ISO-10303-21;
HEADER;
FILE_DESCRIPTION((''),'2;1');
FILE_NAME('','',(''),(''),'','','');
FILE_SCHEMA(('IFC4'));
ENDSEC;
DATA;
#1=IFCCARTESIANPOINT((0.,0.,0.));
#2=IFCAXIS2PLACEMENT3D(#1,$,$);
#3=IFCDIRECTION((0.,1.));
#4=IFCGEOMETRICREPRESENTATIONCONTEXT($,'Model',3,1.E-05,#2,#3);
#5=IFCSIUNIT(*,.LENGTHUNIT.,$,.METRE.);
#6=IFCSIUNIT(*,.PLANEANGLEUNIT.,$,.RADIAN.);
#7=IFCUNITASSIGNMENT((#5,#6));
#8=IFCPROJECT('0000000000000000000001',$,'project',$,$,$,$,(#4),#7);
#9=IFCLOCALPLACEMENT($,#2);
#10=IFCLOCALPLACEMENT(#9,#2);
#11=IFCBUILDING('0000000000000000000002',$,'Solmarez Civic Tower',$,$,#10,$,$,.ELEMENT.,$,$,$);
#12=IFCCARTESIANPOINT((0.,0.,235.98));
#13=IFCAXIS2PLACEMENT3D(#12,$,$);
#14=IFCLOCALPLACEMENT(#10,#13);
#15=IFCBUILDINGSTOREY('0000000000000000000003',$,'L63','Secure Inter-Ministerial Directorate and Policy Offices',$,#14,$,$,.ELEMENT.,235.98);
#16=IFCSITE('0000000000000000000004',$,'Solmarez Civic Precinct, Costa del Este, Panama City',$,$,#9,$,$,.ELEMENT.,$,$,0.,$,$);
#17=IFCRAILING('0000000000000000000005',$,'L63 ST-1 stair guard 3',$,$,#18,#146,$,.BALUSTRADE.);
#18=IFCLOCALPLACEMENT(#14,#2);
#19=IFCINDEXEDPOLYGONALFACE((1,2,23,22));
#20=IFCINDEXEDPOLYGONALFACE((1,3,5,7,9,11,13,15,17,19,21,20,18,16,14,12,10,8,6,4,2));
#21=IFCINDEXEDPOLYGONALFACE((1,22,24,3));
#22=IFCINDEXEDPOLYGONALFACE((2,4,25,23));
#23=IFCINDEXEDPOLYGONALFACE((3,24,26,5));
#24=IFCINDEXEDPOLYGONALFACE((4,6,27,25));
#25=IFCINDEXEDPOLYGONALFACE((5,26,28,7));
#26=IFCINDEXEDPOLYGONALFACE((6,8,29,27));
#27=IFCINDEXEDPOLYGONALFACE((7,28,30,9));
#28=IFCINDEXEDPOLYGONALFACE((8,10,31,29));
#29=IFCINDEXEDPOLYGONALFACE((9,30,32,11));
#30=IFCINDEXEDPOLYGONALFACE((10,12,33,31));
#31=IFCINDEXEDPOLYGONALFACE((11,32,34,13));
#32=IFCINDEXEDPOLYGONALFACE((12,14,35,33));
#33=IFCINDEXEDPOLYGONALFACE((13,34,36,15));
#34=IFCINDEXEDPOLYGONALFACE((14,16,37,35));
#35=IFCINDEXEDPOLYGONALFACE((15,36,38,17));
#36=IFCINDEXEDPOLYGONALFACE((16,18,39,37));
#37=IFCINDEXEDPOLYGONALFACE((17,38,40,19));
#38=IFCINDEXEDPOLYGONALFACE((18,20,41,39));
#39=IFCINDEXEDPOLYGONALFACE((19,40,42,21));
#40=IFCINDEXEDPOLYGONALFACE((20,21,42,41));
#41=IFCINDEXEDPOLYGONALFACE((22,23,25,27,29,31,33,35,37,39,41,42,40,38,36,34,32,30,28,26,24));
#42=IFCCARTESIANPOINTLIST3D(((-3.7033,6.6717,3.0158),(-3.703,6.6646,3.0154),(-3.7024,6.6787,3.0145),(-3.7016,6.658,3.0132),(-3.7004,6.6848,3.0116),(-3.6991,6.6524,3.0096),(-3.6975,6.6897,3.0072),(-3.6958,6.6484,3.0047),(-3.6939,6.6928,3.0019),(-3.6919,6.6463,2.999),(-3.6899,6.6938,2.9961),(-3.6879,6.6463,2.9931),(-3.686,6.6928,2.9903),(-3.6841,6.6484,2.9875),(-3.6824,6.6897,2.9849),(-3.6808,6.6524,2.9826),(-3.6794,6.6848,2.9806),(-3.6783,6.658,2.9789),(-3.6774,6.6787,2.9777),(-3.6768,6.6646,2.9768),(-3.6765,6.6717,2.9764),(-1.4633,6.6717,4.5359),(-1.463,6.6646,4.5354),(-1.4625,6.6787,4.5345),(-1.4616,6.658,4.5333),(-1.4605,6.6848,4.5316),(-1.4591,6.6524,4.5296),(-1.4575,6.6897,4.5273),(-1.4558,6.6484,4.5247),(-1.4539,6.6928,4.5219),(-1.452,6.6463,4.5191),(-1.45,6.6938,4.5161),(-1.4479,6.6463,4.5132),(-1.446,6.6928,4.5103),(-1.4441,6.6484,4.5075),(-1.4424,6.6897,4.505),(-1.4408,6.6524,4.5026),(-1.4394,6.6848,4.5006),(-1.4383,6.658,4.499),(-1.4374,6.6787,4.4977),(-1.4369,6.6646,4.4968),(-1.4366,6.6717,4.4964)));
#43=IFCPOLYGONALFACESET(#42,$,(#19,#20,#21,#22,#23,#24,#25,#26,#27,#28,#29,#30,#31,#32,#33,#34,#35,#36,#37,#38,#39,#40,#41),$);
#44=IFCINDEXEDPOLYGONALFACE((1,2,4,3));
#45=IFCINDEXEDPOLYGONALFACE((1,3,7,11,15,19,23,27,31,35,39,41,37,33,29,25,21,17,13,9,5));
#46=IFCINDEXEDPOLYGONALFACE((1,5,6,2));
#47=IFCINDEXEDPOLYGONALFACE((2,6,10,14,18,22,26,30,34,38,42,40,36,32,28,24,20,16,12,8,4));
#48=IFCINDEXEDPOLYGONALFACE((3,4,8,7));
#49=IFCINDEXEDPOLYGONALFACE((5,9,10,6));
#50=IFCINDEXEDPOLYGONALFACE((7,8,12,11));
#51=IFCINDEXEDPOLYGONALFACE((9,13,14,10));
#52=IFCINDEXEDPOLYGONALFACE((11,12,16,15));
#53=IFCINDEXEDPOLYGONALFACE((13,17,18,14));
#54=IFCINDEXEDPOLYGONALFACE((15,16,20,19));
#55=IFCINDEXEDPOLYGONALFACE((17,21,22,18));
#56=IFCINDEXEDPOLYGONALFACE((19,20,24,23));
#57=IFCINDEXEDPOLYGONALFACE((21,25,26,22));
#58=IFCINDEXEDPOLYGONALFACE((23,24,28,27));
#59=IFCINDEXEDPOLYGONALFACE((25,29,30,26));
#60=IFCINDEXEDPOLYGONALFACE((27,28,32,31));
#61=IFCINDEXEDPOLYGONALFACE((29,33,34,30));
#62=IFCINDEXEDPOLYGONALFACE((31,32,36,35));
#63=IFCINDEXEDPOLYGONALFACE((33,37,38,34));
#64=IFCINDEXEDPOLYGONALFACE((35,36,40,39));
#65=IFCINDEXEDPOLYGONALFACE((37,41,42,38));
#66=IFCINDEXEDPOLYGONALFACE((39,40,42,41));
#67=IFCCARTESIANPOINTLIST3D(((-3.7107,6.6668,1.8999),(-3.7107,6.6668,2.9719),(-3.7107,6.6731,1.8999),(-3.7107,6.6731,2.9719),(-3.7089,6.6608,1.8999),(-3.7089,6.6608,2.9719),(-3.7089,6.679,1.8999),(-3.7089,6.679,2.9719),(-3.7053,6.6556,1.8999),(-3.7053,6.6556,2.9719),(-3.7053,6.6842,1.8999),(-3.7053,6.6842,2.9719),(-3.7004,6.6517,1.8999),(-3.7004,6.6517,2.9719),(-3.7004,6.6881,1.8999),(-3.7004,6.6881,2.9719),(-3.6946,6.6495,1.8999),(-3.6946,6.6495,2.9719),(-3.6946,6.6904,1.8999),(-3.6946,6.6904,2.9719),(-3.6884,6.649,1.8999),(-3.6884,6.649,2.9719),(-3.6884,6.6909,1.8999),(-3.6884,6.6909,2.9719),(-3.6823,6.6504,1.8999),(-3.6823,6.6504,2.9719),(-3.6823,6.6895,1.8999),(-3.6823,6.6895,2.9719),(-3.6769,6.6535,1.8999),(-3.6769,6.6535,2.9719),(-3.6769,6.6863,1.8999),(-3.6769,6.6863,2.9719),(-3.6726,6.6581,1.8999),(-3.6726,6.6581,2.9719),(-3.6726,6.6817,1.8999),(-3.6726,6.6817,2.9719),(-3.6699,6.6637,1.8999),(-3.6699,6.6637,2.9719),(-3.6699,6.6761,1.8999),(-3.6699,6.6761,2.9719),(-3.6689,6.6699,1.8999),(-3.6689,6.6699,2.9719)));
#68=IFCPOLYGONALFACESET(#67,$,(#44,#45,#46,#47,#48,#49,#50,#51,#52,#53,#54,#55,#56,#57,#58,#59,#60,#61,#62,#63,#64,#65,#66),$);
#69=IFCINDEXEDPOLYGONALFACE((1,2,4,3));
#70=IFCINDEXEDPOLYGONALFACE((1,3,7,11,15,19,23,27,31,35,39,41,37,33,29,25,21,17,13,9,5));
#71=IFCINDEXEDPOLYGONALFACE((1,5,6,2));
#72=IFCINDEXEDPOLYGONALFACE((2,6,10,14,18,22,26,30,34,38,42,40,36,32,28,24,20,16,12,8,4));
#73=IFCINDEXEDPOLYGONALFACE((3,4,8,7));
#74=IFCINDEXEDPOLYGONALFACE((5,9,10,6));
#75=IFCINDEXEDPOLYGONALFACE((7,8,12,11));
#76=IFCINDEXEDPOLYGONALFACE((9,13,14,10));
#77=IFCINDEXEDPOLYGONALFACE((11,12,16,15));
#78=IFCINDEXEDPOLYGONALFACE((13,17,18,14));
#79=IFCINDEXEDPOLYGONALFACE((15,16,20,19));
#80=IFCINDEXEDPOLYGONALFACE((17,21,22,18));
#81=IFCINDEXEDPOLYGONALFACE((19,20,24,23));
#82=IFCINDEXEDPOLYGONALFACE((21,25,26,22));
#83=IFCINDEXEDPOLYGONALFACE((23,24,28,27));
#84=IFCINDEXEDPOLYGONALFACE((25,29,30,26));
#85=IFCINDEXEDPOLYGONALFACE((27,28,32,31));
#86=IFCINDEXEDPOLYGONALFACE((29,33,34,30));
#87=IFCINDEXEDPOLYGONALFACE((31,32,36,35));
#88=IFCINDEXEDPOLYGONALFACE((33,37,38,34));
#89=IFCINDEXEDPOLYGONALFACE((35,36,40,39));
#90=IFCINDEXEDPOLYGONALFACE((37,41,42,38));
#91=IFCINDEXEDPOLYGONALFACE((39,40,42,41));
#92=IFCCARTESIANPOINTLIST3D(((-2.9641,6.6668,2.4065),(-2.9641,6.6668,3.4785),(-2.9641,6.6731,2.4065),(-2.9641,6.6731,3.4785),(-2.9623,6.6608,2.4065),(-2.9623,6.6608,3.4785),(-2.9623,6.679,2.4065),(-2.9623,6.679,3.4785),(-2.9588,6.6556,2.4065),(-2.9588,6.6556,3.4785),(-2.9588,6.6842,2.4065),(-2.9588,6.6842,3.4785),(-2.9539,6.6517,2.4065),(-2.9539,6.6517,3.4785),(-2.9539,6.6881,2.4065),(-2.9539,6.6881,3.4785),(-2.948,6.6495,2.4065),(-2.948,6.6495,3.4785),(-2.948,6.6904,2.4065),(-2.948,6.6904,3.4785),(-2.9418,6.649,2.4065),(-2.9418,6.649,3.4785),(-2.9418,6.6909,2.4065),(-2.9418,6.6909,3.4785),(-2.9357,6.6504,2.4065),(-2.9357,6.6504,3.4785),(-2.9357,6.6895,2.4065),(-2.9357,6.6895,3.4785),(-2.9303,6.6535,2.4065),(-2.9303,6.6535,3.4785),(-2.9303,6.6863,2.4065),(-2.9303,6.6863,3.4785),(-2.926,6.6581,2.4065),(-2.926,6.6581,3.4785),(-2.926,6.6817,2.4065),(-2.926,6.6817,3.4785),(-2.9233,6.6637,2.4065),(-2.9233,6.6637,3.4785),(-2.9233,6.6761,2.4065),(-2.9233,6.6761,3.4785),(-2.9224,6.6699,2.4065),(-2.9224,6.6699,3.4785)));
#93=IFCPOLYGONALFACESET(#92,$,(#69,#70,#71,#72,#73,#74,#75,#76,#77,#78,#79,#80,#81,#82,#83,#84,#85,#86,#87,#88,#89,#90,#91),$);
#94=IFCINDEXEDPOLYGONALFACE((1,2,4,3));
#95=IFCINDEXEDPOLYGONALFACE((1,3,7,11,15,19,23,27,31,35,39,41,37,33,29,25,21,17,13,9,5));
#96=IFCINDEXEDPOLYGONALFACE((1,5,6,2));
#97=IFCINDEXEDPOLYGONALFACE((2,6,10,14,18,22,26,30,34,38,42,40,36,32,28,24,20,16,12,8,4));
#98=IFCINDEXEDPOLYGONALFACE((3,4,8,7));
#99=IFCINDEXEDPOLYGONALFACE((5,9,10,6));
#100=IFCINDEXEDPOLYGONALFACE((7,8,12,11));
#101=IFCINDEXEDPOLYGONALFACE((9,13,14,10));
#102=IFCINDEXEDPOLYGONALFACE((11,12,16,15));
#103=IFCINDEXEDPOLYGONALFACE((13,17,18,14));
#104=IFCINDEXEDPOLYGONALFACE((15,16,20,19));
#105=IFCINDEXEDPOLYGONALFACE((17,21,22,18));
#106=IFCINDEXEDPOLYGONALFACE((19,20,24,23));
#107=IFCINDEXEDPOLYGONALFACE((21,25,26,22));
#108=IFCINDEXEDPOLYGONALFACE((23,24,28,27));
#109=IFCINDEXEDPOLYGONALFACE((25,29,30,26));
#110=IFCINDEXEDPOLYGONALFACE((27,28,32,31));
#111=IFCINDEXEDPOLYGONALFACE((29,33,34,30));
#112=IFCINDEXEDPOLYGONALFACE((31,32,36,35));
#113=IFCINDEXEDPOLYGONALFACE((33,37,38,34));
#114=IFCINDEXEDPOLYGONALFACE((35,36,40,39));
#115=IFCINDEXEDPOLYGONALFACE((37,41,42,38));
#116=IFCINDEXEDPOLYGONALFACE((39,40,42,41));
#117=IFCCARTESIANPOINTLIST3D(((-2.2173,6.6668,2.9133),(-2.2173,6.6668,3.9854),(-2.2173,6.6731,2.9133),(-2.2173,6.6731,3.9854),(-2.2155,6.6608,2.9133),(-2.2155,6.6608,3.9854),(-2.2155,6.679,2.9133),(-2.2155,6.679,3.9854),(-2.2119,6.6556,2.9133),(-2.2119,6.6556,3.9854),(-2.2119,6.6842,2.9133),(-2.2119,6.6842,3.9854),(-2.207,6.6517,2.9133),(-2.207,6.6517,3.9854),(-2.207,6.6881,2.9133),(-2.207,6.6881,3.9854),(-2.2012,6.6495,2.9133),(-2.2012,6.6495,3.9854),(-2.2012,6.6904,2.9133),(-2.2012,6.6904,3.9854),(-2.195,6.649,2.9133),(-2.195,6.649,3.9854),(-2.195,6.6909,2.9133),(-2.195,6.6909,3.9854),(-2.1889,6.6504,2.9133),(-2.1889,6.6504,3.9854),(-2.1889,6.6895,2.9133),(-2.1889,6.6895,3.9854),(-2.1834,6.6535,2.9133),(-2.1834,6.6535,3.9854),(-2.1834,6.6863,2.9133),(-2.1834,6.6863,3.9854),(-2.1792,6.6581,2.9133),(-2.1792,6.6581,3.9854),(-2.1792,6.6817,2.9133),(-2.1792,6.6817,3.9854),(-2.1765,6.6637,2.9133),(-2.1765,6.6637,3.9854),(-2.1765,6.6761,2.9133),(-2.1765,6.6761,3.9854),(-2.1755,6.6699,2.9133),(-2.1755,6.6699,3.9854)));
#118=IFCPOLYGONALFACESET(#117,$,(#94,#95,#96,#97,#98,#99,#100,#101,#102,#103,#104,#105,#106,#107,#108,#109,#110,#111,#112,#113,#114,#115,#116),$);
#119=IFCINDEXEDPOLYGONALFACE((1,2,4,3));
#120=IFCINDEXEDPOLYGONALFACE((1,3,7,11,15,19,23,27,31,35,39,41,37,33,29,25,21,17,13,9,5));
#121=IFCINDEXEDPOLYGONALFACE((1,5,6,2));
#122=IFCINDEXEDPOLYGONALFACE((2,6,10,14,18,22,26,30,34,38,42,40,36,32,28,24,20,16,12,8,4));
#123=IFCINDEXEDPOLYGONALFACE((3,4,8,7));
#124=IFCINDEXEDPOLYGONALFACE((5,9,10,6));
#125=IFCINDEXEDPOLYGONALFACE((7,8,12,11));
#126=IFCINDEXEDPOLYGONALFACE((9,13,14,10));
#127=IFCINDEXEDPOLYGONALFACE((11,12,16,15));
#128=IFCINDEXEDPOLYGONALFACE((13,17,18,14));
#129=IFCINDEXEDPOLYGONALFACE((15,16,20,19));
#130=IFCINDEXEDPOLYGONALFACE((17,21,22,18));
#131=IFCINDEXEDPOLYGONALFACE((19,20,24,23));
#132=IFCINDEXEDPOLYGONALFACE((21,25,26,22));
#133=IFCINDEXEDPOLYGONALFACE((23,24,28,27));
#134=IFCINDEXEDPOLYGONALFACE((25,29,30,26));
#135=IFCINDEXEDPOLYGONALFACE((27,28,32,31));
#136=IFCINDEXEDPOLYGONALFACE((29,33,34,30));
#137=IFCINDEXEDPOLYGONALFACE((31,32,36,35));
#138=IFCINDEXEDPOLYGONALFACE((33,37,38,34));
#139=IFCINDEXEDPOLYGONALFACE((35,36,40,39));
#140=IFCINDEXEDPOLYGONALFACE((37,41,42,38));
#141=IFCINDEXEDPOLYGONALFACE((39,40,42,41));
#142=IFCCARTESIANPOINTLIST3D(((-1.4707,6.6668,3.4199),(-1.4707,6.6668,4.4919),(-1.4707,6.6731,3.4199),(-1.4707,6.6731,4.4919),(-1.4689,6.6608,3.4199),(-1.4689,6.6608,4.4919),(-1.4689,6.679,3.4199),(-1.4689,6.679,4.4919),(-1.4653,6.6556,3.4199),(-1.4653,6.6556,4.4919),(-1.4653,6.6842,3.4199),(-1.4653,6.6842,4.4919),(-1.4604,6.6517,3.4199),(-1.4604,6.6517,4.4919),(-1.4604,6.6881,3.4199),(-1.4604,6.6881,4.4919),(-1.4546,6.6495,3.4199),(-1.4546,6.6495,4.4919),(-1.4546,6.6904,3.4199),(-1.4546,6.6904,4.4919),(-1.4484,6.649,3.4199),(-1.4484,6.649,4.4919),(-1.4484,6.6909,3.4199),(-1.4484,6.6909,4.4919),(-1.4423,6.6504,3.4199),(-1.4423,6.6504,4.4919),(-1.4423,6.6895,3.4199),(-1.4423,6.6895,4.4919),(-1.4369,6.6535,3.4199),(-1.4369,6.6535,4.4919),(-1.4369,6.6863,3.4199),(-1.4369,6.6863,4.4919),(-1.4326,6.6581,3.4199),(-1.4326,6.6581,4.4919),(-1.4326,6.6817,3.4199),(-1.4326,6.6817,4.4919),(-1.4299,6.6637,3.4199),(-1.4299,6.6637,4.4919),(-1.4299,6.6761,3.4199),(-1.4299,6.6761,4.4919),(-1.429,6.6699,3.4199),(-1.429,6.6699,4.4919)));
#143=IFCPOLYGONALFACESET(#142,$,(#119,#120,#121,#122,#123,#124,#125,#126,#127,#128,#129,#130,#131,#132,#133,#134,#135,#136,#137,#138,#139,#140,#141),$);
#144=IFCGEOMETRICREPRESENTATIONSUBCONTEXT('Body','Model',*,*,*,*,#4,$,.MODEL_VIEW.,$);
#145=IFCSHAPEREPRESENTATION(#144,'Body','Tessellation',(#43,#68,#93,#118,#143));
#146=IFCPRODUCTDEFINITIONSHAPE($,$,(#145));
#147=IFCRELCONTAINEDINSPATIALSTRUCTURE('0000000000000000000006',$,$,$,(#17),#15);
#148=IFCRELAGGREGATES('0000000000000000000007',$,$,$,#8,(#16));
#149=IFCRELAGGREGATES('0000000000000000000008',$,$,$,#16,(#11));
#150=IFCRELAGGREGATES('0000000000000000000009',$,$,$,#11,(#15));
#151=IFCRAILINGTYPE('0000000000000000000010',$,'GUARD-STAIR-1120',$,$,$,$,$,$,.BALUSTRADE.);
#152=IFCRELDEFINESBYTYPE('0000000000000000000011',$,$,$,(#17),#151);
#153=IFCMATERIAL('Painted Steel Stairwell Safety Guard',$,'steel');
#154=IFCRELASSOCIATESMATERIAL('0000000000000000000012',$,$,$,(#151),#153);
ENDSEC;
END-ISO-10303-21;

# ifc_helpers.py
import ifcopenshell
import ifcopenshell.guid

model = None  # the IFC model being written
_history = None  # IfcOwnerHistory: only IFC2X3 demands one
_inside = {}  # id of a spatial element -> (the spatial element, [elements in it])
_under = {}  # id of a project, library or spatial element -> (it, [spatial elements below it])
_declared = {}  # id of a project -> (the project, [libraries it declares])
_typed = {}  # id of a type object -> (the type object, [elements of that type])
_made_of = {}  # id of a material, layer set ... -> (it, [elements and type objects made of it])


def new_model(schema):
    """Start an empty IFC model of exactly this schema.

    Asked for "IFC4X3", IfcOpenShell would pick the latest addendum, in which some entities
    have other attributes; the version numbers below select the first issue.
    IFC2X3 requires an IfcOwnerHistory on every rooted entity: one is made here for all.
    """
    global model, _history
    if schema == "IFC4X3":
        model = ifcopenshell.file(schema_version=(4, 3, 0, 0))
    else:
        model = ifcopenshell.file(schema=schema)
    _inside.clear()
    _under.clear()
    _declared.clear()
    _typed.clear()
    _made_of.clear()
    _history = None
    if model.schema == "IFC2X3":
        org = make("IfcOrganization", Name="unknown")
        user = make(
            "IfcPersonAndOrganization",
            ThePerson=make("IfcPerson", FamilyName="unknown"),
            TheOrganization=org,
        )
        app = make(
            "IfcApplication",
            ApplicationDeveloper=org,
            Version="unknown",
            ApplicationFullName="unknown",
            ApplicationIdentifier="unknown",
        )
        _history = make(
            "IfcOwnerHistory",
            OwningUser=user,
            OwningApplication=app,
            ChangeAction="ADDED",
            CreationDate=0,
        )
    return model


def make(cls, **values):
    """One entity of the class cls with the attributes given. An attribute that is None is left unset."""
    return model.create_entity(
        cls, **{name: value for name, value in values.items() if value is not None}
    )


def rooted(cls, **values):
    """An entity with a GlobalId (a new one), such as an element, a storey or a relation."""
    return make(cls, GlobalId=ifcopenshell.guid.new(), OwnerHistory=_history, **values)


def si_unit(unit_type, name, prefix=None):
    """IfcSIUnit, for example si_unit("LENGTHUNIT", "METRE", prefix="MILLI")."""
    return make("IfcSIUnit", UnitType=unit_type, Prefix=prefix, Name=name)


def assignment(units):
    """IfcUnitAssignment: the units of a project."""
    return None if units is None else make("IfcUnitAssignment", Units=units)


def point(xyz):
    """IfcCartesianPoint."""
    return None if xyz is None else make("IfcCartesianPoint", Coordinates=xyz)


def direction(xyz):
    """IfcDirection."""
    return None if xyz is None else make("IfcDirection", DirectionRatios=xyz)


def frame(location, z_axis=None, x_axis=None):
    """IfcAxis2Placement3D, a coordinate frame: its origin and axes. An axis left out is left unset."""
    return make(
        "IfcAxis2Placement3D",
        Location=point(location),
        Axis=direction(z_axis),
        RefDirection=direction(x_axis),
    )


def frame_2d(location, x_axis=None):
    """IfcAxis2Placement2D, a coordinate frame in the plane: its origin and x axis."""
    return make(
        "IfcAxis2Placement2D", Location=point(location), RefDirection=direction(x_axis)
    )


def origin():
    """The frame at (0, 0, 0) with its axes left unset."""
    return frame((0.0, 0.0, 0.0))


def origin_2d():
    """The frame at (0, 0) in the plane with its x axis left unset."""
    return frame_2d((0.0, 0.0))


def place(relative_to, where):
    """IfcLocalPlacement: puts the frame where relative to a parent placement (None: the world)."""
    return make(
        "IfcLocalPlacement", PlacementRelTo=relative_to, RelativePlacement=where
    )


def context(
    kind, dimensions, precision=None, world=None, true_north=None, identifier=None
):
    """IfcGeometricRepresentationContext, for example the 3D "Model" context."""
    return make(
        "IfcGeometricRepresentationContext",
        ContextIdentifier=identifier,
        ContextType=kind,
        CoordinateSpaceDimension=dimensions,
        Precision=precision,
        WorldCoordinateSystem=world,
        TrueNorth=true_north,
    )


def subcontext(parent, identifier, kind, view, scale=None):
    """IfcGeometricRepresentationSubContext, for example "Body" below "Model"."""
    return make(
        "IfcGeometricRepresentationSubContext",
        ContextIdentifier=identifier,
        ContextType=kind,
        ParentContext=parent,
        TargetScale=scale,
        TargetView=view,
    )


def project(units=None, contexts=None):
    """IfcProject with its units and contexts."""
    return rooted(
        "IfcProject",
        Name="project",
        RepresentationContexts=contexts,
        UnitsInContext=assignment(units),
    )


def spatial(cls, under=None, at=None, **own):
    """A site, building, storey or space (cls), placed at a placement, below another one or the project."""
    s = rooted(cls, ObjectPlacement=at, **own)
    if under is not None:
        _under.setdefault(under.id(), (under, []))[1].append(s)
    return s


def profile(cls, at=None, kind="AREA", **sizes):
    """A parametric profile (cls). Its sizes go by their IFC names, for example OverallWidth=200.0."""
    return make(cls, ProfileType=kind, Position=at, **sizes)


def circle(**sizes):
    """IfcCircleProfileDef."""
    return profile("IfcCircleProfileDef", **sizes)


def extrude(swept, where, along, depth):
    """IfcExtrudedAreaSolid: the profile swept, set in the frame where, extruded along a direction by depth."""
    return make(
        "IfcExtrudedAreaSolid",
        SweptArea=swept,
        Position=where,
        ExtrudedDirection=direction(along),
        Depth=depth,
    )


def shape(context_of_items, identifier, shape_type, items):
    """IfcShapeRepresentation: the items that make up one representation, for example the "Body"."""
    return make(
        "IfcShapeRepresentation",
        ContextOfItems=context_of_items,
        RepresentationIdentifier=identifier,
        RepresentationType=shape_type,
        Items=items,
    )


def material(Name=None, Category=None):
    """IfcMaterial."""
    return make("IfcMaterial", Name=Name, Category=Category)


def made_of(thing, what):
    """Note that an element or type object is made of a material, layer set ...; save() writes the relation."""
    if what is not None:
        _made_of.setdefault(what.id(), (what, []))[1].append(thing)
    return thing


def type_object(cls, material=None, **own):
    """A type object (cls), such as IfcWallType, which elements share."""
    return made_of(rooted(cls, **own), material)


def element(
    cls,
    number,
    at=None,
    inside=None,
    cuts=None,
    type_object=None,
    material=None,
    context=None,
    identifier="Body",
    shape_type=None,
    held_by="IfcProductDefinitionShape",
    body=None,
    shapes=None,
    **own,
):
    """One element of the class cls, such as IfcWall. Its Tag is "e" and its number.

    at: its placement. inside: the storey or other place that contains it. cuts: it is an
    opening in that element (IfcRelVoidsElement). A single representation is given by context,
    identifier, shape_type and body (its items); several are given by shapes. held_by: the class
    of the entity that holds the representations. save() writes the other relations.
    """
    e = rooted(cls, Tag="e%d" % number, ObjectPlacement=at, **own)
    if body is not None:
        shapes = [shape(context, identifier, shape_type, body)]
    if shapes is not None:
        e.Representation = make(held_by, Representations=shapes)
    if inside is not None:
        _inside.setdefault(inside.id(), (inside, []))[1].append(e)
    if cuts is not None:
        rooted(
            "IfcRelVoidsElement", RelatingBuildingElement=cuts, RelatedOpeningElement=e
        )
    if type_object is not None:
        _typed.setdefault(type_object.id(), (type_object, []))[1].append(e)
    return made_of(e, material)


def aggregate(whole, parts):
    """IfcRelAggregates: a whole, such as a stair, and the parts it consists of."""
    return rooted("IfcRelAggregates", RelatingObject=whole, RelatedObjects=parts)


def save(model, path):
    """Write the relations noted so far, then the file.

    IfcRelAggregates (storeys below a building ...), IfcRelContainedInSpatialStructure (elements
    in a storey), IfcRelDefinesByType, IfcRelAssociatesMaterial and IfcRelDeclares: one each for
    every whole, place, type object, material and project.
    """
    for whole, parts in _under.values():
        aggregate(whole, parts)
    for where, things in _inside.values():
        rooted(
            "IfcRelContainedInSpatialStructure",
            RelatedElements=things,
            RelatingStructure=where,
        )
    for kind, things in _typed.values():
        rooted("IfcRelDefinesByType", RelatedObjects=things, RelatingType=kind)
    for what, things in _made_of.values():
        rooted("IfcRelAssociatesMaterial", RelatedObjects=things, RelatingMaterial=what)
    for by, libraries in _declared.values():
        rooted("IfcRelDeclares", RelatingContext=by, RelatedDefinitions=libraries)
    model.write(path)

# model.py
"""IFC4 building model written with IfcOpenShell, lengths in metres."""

from ifc_helpers import new_model, si_unit, direction, frame, origin, origin_2d, place, context, subcontext, project, spatial, circle, extrude, material, type_object, element, save


model = new_model("IFC4")

# Units and contexts
model_context = context("Model", 3, precision=1e-05, world=origin(), true_north=direction((0.0, 1.0)))
body_context = subcontext(model_context, "Body", "Model", "MODEL_VIEW")
ifc_project = project(units=[si_unit("LENGTHUNIT", "METRE"), si_unit("PLANEANGLEUNIT", "RADIAN")], contexts=[model_context])

# Site, building, storey
site_placement = place(None, origin())
site = spatial("IfcSite", under=ifc_project, at=site_placement, Name="Solmarez Civic Precinct, Costa del Este, Panama City", CompositionType="ELEMENT", RefElevation=0.0)
building_placement = place(site_placement, origin())
building = spatial("IfcBuilding", under=site, at=building_placement, Name="Solmarez Civic Tower", CompositionType="ELEMENT")
storey_placement = place(building_placement, frame((0.0, 0.0, 235.98)))
storey = spatial("IfcBuildingStorey", under=building, at=storey_placement, Name="L63", Description="Secure Inter-Ministerial Directorate and Policy Offices", CompositionType="ELEMENT", Elevation=235.98)

# Railing
ifc_material_1 = material(Name="Painted Steel Stairwell Safety Guard", Category="steel")
railing_type_1 = type_object("IfcRailingType", Name="GUARD-STAIR-1120", PredefinedType="BALUSTRADE", material=ifc_material_1)
railing_1_placement = place(storey_placement, frame((-3.6899, 6.6699, 1.8999)))
element("IfcRailing", 1, at=railing_1_placement, inside=storey, type_object=railing_type_1, Name="L63 ST-1 stair guard 3", PredefinedType="BALUSTRADE", context=body_context, shape_type="SweptSolid", body=[
    extrude(circle(Radius=0.0239, at=origin_2d()), frame((0.0, 0.0, 1.0962), z_axis=(0.827471, 0.0, 0.561508), x_axis=(0.0, 1.0, 0.0)), (0.0, 0.0, 1.0), 2.707),
    extrude(circle(Radius=0.021, at=origin_2d()), origin(), (0.0, 0.0, 1.0), 1.072),
    extrude(circle(Radius=0.021, at=origin_2d()), frame((0.7466, 0.0, 0.5066)), (0.0, 0.0, 1.0), 1.072),
    extrude(circle(Radius=0.021, at=origin_2d()), frame((1.4934, 0.0, 1.0134)), (0.0, 0.0, 1.0), 1.072),
    extrude(circle(Radius=0.021, at=origin_2d()), frame((2.24, 0.0, 1.52)), (0.0, 0.0, 1.0), 1.072),
])

save(model, "model.ifc")
